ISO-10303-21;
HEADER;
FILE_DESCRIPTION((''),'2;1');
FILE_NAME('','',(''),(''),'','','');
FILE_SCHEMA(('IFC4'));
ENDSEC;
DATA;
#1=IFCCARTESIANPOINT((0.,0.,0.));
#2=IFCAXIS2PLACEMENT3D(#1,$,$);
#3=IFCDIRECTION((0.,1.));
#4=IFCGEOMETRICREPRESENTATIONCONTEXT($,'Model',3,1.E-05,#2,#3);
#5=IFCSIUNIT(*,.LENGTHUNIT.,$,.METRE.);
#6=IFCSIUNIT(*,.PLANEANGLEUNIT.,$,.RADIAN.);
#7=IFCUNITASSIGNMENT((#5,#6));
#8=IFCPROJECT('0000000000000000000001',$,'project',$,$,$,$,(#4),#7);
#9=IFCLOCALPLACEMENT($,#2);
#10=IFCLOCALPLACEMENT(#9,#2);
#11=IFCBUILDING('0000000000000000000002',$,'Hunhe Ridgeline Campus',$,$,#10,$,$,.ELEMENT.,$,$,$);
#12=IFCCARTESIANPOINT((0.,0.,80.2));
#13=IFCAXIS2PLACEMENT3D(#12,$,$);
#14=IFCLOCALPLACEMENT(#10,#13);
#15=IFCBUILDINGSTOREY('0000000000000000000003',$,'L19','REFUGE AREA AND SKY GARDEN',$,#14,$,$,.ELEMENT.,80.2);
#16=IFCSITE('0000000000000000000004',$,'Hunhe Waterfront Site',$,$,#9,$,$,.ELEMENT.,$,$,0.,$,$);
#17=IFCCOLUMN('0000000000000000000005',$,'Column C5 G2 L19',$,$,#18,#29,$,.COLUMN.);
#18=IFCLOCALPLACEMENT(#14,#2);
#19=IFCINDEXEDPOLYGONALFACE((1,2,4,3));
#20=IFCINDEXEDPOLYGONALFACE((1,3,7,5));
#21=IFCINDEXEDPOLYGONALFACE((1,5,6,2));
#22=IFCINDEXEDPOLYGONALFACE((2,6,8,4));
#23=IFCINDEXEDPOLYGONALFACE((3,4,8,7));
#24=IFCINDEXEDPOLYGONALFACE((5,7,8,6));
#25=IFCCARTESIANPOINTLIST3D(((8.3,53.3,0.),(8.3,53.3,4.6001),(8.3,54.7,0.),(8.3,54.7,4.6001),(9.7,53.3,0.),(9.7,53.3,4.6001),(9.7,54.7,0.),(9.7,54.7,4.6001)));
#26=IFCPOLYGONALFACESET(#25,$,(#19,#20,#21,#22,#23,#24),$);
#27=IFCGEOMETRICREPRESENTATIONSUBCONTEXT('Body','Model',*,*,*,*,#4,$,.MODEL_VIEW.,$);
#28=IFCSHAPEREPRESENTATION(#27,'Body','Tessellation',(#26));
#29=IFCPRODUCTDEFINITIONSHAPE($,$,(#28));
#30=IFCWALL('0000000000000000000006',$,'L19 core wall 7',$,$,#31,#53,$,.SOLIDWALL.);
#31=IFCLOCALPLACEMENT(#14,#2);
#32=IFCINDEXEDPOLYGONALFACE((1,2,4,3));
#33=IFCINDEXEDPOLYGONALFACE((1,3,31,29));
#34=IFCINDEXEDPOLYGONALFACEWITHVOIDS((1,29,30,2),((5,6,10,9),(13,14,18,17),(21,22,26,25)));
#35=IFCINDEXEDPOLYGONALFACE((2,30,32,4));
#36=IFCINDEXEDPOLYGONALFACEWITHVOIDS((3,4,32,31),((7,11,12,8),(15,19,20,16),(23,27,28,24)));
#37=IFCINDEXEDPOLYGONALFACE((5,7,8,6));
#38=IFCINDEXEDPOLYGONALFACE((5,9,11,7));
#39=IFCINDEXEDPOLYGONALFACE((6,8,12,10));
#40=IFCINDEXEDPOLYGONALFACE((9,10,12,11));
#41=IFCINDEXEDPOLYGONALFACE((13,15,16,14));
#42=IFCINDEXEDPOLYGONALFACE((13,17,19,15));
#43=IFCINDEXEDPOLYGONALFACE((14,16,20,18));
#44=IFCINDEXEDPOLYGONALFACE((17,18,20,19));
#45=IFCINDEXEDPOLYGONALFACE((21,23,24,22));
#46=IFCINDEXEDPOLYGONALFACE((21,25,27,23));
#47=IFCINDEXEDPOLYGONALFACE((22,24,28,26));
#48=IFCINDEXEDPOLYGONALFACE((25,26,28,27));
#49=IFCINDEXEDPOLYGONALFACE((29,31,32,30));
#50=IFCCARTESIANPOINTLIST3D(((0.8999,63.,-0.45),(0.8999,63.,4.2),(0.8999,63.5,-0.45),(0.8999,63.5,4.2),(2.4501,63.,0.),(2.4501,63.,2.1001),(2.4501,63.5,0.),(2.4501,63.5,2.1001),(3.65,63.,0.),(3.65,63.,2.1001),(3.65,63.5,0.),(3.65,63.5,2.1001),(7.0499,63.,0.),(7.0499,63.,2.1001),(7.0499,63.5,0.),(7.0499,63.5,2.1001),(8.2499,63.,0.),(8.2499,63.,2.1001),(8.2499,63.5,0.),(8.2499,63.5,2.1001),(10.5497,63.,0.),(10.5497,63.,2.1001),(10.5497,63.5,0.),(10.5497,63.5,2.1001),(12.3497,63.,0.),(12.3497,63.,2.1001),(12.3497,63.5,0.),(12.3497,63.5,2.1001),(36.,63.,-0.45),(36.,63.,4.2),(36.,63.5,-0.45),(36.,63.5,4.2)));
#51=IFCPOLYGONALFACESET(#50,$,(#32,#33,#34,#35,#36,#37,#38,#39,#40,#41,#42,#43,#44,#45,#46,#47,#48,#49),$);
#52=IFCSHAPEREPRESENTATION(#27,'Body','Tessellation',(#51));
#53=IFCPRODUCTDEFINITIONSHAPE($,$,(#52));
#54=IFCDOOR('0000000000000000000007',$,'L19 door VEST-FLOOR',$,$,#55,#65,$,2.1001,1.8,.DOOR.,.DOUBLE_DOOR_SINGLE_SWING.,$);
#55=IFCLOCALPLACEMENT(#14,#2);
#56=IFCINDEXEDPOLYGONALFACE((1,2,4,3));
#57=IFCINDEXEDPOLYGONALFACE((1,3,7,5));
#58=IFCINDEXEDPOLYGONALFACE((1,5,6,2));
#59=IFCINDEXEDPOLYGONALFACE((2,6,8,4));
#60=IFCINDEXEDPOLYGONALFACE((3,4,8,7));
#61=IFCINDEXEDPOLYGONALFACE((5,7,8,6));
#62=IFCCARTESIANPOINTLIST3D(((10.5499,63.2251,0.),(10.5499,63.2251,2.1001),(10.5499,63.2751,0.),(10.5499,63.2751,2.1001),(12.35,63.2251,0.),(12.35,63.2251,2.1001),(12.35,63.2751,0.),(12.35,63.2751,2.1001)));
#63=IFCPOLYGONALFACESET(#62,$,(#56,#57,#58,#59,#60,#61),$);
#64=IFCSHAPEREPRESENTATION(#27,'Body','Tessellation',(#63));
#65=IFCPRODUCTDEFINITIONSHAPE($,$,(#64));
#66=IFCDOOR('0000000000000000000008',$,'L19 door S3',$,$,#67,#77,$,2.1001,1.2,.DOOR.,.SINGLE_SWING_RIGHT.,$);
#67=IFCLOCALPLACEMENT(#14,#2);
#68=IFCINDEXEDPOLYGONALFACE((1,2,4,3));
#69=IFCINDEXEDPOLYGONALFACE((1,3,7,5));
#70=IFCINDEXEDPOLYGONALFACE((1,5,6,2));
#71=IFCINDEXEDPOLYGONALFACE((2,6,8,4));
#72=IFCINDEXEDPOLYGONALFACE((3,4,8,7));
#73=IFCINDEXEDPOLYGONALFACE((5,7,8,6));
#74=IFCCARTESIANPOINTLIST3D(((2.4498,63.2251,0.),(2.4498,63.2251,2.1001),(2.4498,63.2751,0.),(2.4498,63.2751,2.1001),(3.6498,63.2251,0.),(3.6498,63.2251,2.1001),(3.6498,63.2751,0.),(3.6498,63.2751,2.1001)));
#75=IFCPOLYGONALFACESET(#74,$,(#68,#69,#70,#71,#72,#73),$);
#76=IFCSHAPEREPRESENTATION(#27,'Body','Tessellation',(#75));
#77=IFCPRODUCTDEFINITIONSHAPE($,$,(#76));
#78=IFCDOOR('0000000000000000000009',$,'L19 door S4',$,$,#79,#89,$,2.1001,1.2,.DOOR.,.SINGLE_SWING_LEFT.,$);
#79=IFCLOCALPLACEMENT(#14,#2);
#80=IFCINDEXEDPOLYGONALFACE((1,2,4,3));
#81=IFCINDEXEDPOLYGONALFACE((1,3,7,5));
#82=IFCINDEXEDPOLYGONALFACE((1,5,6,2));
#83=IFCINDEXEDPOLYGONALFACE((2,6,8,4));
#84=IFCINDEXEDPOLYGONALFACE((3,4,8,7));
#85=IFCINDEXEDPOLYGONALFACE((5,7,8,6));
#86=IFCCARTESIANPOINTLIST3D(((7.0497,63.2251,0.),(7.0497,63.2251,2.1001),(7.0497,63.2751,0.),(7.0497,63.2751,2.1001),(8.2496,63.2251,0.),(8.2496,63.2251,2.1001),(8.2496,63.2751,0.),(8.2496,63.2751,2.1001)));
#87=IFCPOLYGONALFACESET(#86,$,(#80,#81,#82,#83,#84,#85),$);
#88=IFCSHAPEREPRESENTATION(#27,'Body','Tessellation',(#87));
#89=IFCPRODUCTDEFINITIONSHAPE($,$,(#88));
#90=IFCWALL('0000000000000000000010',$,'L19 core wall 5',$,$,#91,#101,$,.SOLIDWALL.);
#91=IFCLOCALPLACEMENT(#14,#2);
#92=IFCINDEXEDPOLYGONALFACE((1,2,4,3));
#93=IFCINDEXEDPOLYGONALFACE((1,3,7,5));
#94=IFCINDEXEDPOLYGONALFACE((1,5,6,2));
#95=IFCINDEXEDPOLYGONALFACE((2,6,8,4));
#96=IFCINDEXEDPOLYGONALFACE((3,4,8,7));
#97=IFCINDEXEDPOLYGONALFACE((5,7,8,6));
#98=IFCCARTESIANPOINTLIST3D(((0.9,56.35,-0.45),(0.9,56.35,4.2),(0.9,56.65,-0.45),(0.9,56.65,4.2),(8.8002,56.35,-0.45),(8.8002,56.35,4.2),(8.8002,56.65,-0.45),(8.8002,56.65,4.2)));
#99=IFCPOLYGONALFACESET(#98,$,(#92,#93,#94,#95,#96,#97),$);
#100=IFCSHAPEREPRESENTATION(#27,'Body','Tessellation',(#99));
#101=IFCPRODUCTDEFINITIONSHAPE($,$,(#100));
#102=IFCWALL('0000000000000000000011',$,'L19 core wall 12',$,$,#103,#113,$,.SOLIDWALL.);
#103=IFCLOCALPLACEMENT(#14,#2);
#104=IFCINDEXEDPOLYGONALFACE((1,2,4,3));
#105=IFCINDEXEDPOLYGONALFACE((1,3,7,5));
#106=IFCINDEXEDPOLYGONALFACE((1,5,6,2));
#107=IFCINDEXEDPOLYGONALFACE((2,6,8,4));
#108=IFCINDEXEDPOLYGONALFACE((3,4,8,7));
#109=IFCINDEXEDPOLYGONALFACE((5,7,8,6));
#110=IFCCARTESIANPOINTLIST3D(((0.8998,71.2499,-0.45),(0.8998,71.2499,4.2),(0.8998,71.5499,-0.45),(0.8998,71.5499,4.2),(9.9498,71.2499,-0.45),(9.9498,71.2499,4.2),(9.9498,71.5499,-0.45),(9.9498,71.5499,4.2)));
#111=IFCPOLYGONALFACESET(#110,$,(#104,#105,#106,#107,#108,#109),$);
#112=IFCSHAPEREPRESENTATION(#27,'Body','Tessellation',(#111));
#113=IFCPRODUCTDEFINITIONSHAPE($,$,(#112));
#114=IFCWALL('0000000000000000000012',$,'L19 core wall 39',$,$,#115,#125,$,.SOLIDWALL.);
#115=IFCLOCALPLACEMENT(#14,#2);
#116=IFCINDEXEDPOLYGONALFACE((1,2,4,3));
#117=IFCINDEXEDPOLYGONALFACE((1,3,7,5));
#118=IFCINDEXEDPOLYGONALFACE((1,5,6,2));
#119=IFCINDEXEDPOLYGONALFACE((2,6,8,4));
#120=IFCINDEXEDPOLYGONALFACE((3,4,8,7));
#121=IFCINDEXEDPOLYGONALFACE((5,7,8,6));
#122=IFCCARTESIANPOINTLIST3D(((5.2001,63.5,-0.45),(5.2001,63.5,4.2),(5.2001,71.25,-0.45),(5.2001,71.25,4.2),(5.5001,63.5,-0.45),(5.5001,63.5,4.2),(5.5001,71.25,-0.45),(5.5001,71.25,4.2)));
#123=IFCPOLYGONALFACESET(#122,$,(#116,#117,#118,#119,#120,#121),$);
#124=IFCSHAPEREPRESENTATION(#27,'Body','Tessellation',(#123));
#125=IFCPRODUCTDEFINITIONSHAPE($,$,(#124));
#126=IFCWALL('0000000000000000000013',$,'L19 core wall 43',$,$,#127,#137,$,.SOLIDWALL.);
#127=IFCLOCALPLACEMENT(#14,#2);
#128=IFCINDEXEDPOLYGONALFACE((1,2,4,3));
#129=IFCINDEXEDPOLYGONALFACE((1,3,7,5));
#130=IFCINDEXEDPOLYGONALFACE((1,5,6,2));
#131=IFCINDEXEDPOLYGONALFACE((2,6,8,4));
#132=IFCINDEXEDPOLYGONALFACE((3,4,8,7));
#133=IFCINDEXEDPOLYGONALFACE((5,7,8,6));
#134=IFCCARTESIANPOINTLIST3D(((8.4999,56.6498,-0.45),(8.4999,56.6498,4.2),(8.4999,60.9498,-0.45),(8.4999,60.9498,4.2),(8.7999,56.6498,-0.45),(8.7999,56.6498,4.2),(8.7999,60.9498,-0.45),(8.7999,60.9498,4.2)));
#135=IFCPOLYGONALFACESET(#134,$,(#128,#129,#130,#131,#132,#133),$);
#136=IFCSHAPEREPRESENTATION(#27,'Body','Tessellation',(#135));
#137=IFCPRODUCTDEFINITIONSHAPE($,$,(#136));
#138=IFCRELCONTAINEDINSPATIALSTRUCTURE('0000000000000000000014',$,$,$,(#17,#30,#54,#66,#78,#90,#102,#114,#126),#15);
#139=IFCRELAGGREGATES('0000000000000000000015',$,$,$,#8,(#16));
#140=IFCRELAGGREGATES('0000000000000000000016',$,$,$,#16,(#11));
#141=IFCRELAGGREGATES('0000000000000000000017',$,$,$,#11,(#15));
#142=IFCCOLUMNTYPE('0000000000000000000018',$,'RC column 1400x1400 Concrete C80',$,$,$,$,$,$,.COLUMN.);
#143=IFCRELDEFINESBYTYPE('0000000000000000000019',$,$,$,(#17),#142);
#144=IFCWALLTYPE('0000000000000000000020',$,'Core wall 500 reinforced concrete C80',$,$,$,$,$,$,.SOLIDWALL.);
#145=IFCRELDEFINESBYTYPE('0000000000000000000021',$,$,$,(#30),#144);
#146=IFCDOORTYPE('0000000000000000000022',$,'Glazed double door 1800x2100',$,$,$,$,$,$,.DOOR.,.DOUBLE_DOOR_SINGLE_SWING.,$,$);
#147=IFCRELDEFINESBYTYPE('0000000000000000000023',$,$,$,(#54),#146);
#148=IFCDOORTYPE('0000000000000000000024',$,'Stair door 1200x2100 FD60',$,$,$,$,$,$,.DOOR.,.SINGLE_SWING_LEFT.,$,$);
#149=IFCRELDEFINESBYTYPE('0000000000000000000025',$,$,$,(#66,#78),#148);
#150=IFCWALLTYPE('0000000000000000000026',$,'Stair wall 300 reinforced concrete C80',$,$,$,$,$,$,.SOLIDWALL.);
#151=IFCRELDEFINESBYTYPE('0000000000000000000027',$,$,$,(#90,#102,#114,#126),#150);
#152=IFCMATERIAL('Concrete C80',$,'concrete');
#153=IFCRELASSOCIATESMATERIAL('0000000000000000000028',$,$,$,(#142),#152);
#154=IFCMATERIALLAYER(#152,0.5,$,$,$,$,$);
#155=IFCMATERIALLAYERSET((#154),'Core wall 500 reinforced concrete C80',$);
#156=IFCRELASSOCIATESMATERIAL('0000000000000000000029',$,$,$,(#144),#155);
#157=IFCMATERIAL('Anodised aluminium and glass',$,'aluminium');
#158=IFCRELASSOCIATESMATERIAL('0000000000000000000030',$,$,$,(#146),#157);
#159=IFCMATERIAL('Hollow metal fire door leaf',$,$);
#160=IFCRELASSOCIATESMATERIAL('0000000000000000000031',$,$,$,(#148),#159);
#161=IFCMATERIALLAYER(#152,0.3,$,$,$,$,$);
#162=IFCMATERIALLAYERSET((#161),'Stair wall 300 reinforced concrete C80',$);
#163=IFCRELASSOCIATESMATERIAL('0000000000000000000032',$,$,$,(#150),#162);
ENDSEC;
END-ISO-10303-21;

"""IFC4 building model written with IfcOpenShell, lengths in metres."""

from ifc_helpers import new_model, si_unit, direction, frame, frame_2d, origin, origin_2d, place, context, subcontext, project, spatial, rectangle, extrude, material, layer, layer_set, material_profile, profile_set, type_object, element, fill, save


model = new_model("IFC4")

# Units and contexts
model_context = context("Model", 3, precision=1e-05, world=origin(), true_north=direction((0.0, 1.0)))
body_context = subcontext(model_context, "Body", "Model", "MODEL_VIEW")
ifc_project = project(units=[si_unit("LENGTHUNIT", "METRE"), si_unit("PLANEANGLEUNIT", "RADIAN")], contexts=[model_context])

# Site, building, storey
site_placement = place(None, origin())
site = spatial("IfcSite", under=ifc_project, at=site_placement, Name="Hunhe Waterfront Site", CompositionType="ELEMENT", RefElevation=0.0)
building_placement = place(site_placement, origin())
building = spatial("IfcBuilding", under=site, at=building_placement, Name="Hunhe Ridgeline Campus", CompositionType="ELEMENT")
storey_placement = place(building_placement, frame((0.0, 0.0, 80.2)))
storey = spatial("IfcBuildingStorey", under=building, at=storey_placement, Name="L19", Description="REFUGE AREA AND SKY GARDEN", CompositionType="ELEMENT", Elevation=80.2)

# Column
ifc_material_1 = material(Name="Concrete C80", Category="concrete")
ifc_material_profile = material_profile(ifc_material_1, rectangle(XDim=1.3999, YDim=1.3999, at=origin_2d()))
ifc_profile_set = profile_set([ifc_material_profile], Name="Concrete C80")
column_type = type_object("IfcColumnType", Name="RC column 1400x1400 Concrete C80", PredefinedType="COLUMN", material=ifc_profile_set)
column_placement = place(storey_placement, frame((9.0, 54.0, 0.0), z_axis=(0.0, 0.0, 1.0), x_axis=(1.0, 0.0, 0.0)))
element("IfcColumn", 1, at=column_placement, inside=storey, type_object=column_type, Name="Column C5 G2 L19", PredefinedType="COLUMN", context=body_context, shape_type="SweptSolid", body=[
    extrude(rectangle(XDim=1.3999, YDim=1.3999, at=origin_2d()), origin(), (0.0, 0.0, 1.0), 4.6001),
])

# Wall, openings, doors
ifc_layer_1 = layer(ifc_material_1, 0.5)
ifc_layer_set_1 = layer_set([ifc_layer_1], Name="Core wall 500 reinforced concrete C80")
wall_type_1 = type_object("IfcWallType", Name="Core wall 500 reinforced concrete C80", PredefinedType="SOLIDWALL", material=ifc_layer_set_1)
wall_1_placement = place(storey_placement, frame((0.8999, 63.25, -0.45), z_axis=(0.0, 0.0, 1.0), x_axis=(1.0, 0.0, 0.0)))
wall_1 = element("IfcWall", 2, at=wall_1_placement, inside=storey, type_object=wall_type_1, Name="L19 core wall 7", PredefinedType="SOLIDWALL", context=body_context, shape_type="SweptSolid", body=[
    extrude(rectangle(XDim=35.1001, YDim=0.5, at=frame_2d((17.55, 0.0))), origin(), (0.0, 0.0, 1.0), 4.6499),
])
opening_1_placement = place(wall_1_placement, frame((9.6499, 0.0, 0.45)))
opening_1 = element("IfcOpeningElement", 3, at=opening_1_placement, cuts=wall_1, PredefinedType="OPENING", context=body_context, shape_type="SweptSolid", body=[
    extrude(rectangle(XDim=1.8, YDim=2.1001, at=frame_2d((0.8999, 1.05))), frame((0.0, 0.25, 0.0), z_axis=(0.0, -1.0, 0.0), x_axis=(1.0, 0.0, 0.0)), (0.0, 0.0, 1.0), 0.5),
])
opening_2_placement = place(wall_1_placement, frame((1.55, 0.0, 0.45)))
opening_2 = element("IfcOpeningElement", 4, at=opening_2_placement, cuts=wall_1, PredefinedType="OPENING", context=body_context, shape_type="SweptSolid", body=[
    extrude(rectangle(XDim=1.2, YDim=2.1001, at=frame_2d((0.6001, 1.05))), frame((0.0, 0.25, 0.0), z_axis=(0.0, -1.0, 0.0), x_axis=(1.0, 0.0, 0.0)), (0.0, 0.0, 1.0), 0.5),
])
opening_3_placement = place(wall_1_placement, frame((6.1499, 0.0, 0.45)))
opening_3 = element("IfcOpeningElement", 5, at=opening_3_placement, cuts=wall_1, PredefinedType="OPENING", context=body_context, shape_type="SweptSolid", body=[
    extrude(rectangle(XDim=1.2, YDim=2.1001, at=frame_2d((0.6001, 1.05))), frame((0.0, 0.25, 0.0), z_axis=(0.0, -1.0, 0.0), x_axis=(1.0, 0.0, 0.0)), (0.0, 0.0, 1.0), 0.5),
])
ifc_material_2 = material(Name="Anodised aluminium and glass", Category="aluminium")
door_type_1 = type_object("IfcDoorType", Name="Glazed double door 1800x2100", OperationType="DOUBLE_DOOR_SINGLE_SWING", PredefinedType="DOOR", material=ifc_material_2)
door_1_placement = place(opening_1_placement, frame((1.8, 0.0, 0.0), z_axis=(0.0, 0.0, 1.0), x_axis=(-1.0, 0.0, 0.0)))
door_1 = element("IfcDoor", 6, at=door_1_placement, inside=storey, type_object=door_type_1, Name="L19 door VEST-FLOOR", OperationType="DOUBLE_DOOR_SINGLE_SWING", OverallHeight=2.1001, OverallWidth=1.8, PredefinedType="DOOR", context=body_context, shape_type="SweptSolid", body=[
    extrude(rectangle(XDim=1.8, YDim=2.1001, at=frame_2d((0.8999, 1.05))), frame((0.0, 0.0249, 0.0), z_axis=(0.0, -1.0, 0.0), x_axis=(1.0, 0.0, 0.0)), (0.0, 0.0, 1.0), 0.05),
])
fill(opening_1, door_1)
ifc_material_3 = material(Name="Hollow metal fire door leaf")
door_type_2 = type_object("IfcDoorType", Name="Stair door 1200x2100 FD60", OperationType="SINGLE_SWING_LEFT", PredefinedType="DOOR", material=ifc_material_3)
door_2_placement = place(opening_2_placement, frame((1.2, 0.0, 0.0), z_axis=(0.0, 0.0, 1.0), x_axis=(-1.0, 0.0, 0.0)))
door_2 = element("IfcDoor", 7, at=door_2_placement, inside=storey, type_object=door_type_2, Name="L19 door S3", OperationType="SINGLE_SWING_RIGHT", OverallHeight=2.1001, OverallWidth=1.2, PredefinedType="DOOR", context=body_context, shape_type="SweptSolid", body=[
    extrude(rectangle(XDim=1.2, YDim=2.1001, at=frame_2d((0.6001, 1.05))), frame((0.0, 0.0249, 0.0), z_axis=(0.0, -1.0, 0.0), x_axis=(1.0, 0.0, 0.0)), (0.0, 0.0, 1.0), 0.05),
])
fill(opening_2, door_2)
door_3_placement = place(opening_3_placement, frame((1.2, 0.0, 0.0), z_axis=(0.0, 0.0, 1.0), x_axis=(-1.0, 0.0, 0.0)))
door_3 = element("IfcDoor", 8, at=door_3_placement, inside=storey, type_object=door_type_2, Name="L19 door S4", OperationType="SINGLE_SWING_LEFT", OverallHeight=2.1001, OverallWidth=1.2, PredefinedType="DOOR", context=body_context, shape_type="SweptSolid", body=[
    extrude(rectangle(XDim=1.2, YDim=2.1001, at=frame_2d((0.6001, 1.05))), frame((0.0, 0.0249, 0.0), z_axis=(0.0, -1.0, 0.0), x_axis=(1.0, 0.0, 0.0)), (0.0, 0.0, 1.0), 0.05),
])
fill(opening_3, door_3)

# Wall
ifc_layer_2 = layer(ifc_material_1, 0.3)
ifc_layer_set_2 = layer_set([ifc_layer_2], Name="Stair wall 300 reinforced concrete C80")
wall_type_2 = type_object("IfcWallType", Name="Stair wall 300 reinforced concrete C80", PredefinedType="SOLIDWALL", material=ifc_layer_set_2)
wall_2_placement = place(storey_placement, frame((0.8999, 56.5, -0.45), z_axis=(0.0, 0.0, 1.0), x_axis=(1.0, 0.0, 0.0)))
element("IfcWall", 9, at=wall_2_placement, inside=storey, type_object=wall_type_2, Name="L19 core wall 5", PredefinedType="SOLIDWALL", context=body_context, shape_type="SweptSolid", body=[
    extrude(rectangle(XDim=7.9001, YDim=0.3, at=frame_2d((3.9502, 0.0))), origin(), (0.0, 0.0, 1.0), 4.6499),
])

# Walls
wall_3_placement = place(storey_placement, frame((0.8999, 71.3999, -0.45), z_axis=(0.0, 0.0, 1.0), x_axis=(1.0, 0.0, 0.0)))
element("IfcWall", 10, at=wall_3_placement, inside=storey, type_object=wall_type_2, Name="L19 core wall 12", PredefinedType="SOLIDWALL", context=body_context, shape_type="SweptSolid", body=[
    extrude(rectangle(XDim=9.05, YDim=0.3, at=frame_2d((4.5249, 0.0))), origin(), (0.0, 0.0, 1.0), 4.6499),
])
wall_4_placement = place(storey_placement, frame((5.3501, 63.5, -0.45), z_axis=(0.0, 0.0, 1.0), x_axis=(0.0, 1.0, 0.0)))
element("IfcWall", 11, at=wall_4_placement, inside=storey, type_object=wall_type_2, Name="L19 core wall 39", PredefinedType="SOLIDWALL", context=body_context, shape_type="SweptSolid", body=[
    extrude(rectangle(XDim=7.75, YDim=0.3, at=frame_2d((3.875, 0.0))), origin(), (0.0, 0.0, 1.0), 4.6499),
])
wall_5_placement = place(storey_placement, frame((8.6499, 56.6499, -0.45), z_axis=(0.0, 0.0, 1.0), x_axis=(0.0, 1.0, 0.0)))
element("IfcWall", 12, at=wall_5_placement, inside=storey, type_object=wall_type_2, Name="L19 core wall 43", PredefinedType="SOLIDWALL", context=body_context, shape_type="SweptSolid", body=[
    extrude(rectangle(XDim=4.3, YDim=0.3, at=frame_2d((2.1499, 0.0))), origin(), (0.0, 0.0, 1.0), 4.6499),
])

save(model, "model.ifc")
